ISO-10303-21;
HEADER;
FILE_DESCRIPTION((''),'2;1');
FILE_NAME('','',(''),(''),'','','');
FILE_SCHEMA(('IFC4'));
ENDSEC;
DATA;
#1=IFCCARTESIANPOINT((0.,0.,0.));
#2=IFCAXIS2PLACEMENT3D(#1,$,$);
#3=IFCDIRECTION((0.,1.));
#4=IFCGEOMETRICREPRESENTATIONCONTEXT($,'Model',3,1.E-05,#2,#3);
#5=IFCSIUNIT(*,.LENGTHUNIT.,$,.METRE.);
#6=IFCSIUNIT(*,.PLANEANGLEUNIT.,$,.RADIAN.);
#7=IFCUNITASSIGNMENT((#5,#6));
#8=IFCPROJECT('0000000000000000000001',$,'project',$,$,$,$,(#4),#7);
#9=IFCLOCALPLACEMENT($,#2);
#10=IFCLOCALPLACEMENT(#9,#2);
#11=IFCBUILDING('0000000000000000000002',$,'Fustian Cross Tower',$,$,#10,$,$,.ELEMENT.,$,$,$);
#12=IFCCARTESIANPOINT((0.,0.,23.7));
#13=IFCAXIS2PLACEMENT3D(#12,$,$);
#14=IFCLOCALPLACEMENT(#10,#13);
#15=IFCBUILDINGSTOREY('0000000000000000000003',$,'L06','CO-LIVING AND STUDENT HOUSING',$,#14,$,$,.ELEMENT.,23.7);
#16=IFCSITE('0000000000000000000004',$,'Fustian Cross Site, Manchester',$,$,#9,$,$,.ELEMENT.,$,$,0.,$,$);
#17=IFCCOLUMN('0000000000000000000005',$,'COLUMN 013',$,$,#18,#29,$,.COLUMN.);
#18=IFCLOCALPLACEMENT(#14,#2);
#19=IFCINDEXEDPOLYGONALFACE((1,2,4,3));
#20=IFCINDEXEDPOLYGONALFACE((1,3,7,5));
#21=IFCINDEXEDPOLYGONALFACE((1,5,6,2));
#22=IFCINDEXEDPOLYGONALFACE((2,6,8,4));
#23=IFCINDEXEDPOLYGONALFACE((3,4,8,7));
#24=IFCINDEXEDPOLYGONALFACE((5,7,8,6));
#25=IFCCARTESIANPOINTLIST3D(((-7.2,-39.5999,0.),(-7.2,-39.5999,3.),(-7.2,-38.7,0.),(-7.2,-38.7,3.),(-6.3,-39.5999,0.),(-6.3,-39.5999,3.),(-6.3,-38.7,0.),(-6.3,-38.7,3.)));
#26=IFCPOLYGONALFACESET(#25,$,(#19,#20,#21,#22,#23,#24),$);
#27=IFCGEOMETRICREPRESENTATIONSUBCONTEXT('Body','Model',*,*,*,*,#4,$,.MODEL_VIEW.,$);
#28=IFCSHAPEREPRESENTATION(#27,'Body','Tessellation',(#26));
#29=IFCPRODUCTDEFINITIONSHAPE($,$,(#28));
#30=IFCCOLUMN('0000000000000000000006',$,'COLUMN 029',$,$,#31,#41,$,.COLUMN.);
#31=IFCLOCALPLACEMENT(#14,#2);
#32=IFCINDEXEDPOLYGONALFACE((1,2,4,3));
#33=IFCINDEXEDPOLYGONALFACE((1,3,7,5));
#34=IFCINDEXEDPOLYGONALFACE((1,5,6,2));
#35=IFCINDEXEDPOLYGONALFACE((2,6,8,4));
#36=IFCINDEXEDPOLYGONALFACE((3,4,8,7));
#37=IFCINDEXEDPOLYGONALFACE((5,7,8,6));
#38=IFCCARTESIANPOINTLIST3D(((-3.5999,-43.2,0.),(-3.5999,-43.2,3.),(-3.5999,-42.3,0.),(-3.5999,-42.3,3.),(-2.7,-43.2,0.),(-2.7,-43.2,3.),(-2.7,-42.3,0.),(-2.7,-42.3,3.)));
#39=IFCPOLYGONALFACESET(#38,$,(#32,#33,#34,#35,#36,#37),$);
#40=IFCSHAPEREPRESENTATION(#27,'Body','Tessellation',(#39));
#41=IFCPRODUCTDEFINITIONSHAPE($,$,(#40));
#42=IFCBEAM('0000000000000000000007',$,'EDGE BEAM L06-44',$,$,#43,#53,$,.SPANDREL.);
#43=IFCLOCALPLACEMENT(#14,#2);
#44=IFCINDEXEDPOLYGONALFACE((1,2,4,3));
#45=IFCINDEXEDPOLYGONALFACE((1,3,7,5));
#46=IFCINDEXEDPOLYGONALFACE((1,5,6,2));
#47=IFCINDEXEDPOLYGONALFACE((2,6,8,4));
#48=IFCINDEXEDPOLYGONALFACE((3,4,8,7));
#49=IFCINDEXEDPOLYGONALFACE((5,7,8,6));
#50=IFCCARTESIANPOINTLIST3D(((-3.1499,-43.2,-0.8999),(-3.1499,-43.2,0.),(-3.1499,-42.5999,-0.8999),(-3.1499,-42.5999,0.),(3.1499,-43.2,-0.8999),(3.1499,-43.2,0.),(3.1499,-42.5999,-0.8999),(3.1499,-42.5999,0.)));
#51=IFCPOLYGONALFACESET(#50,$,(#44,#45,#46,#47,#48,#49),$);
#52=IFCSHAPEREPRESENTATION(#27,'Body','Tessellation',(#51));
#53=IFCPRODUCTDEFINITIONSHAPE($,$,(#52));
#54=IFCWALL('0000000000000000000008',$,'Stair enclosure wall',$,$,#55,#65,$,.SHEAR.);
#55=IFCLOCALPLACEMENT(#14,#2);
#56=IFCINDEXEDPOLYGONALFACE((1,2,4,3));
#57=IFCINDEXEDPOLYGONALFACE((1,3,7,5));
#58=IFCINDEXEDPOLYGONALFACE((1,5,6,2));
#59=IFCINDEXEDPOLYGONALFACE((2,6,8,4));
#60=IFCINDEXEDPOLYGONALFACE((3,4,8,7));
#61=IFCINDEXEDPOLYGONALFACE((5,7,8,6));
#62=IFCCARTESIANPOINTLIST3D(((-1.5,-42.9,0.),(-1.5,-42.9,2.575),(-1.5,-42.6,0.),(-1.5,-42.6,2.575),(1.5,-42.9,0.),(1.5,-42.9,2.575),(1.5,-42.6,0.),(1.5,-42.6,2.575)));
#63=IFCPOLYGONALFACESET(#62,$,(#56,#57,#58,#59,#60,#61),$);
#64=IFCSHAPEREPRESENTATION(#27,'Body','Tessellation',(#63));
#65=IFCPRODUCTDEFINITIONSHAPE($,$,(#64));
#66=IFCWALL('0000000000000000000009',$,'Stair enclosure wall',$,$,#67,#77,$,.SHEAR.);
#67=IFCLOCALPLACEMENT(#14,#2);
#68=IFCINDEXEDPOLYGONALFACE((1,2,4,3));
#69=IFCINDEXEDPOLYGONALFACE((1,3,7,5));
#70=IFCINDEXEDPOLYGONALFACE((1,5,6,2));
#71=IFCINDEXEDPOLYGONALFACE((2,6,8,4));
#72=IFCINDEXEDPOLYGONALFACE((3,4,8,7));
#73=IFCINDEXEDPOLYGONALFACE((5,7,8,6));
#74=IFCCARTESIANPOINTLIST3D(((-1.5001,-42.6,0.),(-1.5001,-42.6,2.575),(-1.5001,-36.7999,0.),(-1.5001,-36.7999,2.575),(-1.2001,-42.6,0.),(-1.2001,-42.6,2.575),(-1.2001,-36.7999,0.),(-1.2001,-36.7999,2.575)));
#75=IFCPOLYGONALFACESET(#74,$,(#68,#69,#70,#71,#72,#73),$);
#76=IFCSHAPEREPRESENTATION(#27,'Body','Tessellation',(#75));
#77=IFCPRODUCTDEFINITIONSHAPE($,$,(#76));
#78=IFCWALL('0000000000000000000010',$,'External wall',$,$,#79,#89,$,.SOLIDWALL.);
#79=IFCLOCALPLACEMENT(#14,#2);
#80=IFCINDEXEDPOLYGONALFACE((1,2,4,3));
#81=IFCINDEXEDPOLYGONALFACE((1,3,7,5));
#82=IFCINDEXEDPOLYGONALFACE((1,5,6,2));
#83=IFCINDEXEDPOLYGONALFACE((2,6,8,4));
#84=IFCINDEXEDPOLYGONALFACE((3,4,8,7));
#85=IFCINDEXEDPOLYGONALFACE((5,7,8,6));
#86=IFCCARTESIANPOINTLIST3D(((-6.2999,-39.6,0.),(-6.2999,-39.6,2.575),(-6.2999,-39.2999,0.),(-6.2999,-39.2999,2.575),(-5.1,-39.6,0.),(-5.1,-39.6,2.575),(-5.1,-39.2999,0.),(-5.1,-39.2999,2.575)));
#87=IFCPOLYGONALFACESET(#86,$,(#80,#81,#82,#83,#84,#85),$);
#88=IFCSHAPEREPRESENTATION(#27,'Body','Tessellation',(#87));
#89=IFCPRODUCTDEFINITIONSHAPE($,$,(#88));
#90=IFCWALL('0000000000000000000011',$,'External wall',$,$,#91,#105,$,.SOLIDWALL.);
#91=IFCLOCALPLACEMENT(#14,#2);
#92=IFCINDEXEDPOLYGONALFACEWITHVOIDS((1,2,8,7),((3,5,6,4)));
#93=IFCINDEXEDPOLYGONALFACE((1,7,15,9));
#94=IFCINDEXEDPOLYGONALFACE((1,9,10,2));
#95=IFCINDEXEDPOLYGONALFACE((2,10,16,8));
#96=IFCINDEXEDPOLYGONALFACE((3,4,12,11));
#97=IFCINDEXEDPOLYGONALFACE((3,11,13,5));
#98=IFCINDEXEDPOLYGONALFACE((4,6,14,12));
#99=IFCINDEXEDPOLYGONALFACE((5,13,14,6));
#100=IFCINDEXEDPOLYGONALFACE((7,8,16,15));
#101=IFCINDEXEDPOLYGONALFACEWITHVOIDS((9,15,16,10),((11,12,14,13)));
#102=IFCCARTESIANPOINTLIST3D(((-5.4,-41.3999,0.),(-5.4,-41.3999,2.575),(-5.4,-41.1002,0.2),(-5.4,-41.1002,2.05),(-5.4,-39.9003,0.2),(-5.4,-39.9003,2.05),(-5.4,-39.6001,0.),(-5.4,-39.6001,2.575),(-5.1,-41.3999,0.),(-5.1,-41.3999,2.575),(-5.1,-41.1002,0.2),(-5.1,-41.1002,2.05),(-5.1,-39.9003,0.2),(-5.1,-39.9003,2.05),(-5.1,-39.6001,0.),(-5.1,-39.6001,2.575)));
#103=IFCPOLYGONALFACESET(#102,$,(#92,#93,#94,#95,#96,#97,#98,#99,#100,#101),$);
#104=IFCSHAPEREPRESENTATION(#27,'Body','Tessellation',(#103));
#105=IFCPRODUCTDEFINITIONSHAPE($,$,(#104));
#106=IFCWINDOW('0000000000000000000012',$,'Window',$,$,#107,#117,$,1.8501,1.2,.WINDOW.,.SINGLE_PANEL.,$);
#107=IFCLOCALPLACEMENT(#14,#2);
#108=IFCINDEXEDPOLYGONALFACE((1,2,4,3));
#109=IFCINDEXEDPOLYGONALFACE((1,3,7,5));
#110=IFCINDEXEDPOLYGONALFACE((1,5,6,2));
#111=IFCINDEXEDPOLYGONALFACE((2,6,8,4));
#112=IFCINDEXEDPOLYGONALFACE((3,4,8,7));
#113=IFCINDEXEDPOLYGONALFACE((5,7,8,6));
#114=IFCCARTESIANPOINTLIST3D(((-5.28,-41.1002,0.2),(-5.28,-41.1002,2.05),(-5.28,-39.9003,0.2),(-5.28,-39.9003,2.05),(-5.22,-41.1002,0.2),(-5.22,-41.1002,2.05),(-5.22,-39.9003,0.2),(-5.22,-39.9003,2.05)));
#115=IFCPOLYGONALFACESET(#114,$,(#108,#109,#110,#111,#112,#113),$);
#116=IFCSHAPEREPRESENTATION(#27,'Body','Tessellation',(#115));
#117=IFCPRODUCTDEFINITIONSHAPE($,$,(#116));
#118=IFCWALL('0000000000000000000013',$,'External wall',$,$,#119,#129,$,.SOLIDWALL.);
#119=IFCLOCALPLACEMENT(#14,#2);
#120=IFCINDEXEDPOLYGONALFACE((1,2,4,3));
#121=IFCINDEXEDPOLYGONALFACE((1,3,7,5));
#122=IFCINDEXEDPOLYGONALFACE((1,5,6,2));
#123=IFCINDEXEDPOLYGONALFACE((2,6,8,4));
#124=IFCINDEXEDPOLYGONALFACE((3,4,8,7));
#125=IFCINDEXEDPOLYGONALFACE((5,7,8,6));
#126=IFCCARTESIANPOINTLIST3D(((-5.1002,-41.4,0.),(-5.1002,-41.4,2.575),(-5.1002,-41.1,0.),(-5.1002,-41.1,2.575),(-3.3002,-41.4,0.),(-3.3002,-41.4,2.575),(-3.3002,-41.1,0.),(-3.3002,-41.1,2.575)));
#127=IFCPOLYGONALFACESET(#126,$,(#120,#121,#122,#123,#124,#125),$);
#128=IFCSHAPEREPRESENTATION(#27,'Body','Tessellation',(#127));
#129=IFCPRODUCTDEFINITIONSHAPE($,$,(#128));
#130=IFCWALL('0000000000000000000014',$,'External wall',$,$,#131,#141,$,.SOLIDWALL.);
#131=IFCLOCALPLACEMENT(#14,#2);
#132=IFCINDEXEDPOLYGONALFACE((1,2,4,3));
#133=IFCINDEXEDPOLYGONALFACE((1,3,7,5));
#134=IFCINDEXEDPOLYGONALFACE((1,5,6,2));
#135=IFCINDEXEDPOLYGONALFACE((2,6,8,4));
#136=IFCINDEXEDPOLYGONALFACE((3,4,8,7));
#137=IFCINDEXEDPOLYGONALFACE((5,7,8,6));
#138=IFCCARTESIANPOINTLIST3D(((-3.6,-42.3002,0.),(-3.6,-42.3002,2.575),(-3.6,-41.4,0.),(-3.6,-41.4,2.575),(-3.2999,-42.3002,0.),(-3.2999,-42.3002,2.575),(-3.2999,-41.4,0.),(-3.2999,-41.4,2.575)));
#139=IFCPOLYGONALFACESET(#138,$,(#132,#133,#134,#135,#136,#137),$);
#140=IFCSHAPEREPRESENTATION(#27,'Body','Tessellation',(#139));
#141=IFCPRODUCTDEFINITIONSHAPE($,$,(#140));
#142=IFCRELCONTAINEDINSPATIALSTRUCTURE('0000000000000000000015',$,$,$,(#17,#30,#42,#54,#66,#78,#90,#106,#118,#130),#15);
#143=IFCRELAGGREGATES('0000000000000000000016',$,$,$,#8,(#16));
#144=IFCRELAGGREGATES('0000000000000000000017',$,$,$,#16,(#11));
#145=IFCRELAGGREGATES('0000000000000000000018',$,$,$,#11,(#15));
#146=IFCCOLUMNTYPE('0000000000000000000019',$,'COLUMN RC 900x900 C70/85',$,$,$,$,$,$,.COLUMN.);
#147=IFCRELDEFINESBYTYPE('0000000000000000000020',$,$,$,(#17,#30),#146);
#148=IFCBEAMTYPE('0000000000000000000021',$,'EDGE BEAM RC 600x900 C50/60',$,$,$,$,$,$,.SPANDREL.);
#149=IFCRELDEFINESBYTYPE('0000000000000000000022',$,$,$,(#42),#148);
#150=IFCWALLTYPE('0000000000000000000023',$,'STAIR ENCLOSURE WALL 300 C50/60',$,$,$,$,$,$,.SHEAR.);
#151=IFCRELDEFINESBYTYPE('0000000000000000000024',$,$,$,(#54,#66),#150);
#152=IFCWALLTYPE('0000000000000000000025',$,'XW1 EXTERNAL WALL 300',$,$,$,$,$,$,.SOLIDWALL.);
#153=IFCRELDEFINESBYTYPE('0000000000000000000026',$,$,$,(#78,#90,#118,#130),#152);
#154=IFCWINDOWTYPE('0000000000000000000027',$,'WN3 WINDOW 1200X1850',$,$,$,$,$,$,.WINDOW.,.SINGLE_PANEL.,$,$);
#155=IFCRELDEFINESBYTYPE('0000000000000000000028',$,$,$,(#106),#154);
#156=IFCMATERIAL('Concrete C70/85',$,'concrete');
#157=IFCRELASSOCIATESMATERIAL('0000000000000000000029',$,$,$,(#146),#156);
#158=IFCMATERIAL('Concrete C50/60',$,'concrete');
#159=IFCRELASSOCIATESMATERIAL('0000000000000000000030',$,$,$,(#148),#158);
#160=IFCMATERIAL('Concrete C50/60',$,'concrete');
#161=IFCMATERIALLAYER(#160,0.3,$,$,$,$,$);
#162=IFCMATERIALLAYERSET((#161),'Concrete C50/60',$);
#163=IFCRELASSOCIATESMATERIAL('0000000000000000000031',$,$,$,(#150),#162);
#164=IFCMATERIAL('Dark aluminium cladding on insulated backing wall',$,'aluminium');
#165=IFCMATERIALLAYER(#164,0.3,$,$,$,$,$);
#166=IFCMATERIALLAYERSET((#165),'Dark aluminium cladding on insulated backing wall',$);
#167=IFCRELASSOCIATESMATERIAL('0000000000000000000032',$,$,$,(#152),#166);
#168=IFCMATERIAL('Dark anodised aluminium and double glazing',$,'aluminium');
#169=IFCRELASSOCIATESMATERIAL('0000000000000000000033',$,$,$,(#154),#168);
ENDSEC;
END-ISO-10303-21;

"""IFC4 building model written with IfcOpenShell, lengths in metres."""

from ifc_helpers import new_model, si_unit, direction, frame, frame_2d, origin, origin_2d, place, context, subcontext, project, spatial, rectangle, extrude, material, layer, layer_set, material_profile, profile_set, type_object, element, fill, save


model = new_model("IFC4")

# Units and contexts
model_context = context("Model", 3, precision=1e-05, world=origin(), true_north=direction((0.0, 1.0)))
body_context = subcontext(model_context, "Body", "Model", "MODEL_VIEW")
ifc_project = project(units=[si_unit("LENGTHUNIT", "METRE"), si_unit("PLANEANGLEUNIT", "RADIAN")], contexts=[model_context])

# Site, building, storey
site_placement = place(None, origin())
site = spatial("IfcSite", under=ifc_project, at=site_placement, Name="Fustian Cross Site, Manchester", CompositionType="ELEMENT", RefElevation=0.0)
building_placement = place(site_placement, origin())
building = spatial("IfcBuilding", under=site, at=building_placement, Name="Fustian Cross Tower", CompositionType="ELEMENT")
storey_placement = place(building_placement, frame((0.0, 0.0, 23.7)))
storey = spatial("IfcBuildingStorey", under=building, at=storey_placement, Name="L06", Description="CO-LIVING AND STUDENT HOUSING", CompositionType="ELEMENT", Elevation=23.7)

# Columns
ifc_material_1 = material(Name="Concrete C70/85", Category="concrete")
ifc_material_profile_1 = material_profile(ifc_material_1, rectangle(XDim=0.8999, YDim=0.8999, at=origin_2d()), Name="RC 900x900")
ifc_profile_set_1 = profile_set([ifc_material_profile_1], Name="Concrete C70/85")
column_type = type_object("IfcColumnType", Name="COLUMN RC 900x900 C70/85", PredefinedType="COLUMN", material=ifc_profile_set_1)
for number, where, z_axis, x_axis, name in (
    (1, (-6.75, -39.1499, 0.0), (0.0, 0.0, 1.0), (1.0, 0.0, 0.0), "COLUMN 013"),
    (2, (-3.1499, -42.75, 0.0), (0.0, 0.0, 1.0), (1.0, 0.0, 0.0), "COLUMN 029"),
):
    element("IfcColumn", number, at=place(storey_placement, frame(where, z_axis=z_axis, x_axis=x_axis)), inside=storey, type_object=column_type, Name=name, PredefinedType="COLUMN", context=body_context, shape_type="SweptSolid", body=[
        extrude(rectangle(XDim=0.8999, YDim=0.8999, at=origin_2d()), origin(), (0.0, 0.0, 1.0), 3.0),
    ])

# Beam
ifc_material_2 = material(Name="Concrete C50/60", Category="concrete")
ifc_material_profile_2 = material_profile(ifc_material_2, rectangle(XDim=0.6001, YDim=0.8999, at=origin_2d()), Name="RC 600x900")
ifc_profile_set_2 = profile_set([ifc_material_profile_2], Name="Concrete C50/60")
beam_type = type_object("IfcBeamType", Name="EDGE BEAM RC 600x900 C50/60", PredefinedType="SPANDREL", material=ifc_profile_set_2)
beam_placement = place(storey_placement, frame((-3.1499, -42.8999, -0.45), z_axis=(1.0, 0.0, 0.0), x_axis=(0.0, 1.0, 0.0)))
element("IfcBeam", 3, at=beam_placement, inside=storey, type_object=beam_type, Name="EDGE BEAM L06-44", PredefinedType="SPANDREL", context=body_context, shape_type="SweptSolid", body=[
    extrude(rectangle(XDim=0.6001, YDim=0.8999, at=origin_2d()), origin(), (0.0, 0.0, 1.0), 6.2998),
])

# Walls
ifc_material_3 = material(Name="Concrete C50/60", Category="concrete")
ifc_layer_1 = layer(ifc_material_3, 0.3)
ifc_layer_set_1 = layer_set([ifc_layer_1], Name="Concrete C50/60")
wall_type_1 = type_object("IfcWallType", Name="STAIR ENCLOSURE WALL 300 C50/60", PredefinedType="SHEAR", material=ifc_layer_set_1)
wall_1_placement = place(storey_placement, frame((-1.5, -42.75, 0.0), z_axis=(0.0, 0.0, 1.0), x_axis=(1.0, 0.0, 0.0)))
element("IfcWall", 4, at=wall_1_placement, inside=storey, type_object=wall_type_1, Name="Stair enclosure wall", PredefinedType="SHEAR", context=body_context, shape_type="SweptSolid", body=[
    extrude(rectangle(XDim=3.0, YDim=0.3, at=frame_2d((1.5, 0.0))), origin(), (0.0, 0.0, 1.0), 2.575),
])
wall_2_placement = place(storey_placement, frame((-1.3501, -36.8, 0.0), z_axis=(0.0, 0.0, 1.0), x_axis=(0.0, -1.0, 0.0)))
element("IfcWall", 5, at=wall_2_placement, inside=storey, type_object=wall_type_1, Name="Stair enclosure wall", PredefinedType="SHEAR", context=body_context, shape_type="SweptSolid", body=[
    extrude(rectangle(XDim=5.8, YDim=0.3, at=frame_2d((2.8999, 0.0))), origin(), (0.0, 0.0, 1.0), 2.575),
])
ifc_material_4 = material(Name="Dark aluminium cladding on insulated backing wall", Category="aluminium")
ifc_layer_2 = layer(ifc_material_4, 0.3)
ifc_layer_set_2 = layer_set([ifc_layer_2], Name="Dark aluminium cladding on insulated backing wall")
wall_type_2 = type_object("IfcWallType", Name="XW1 EXTERNAL WALL 300", PredefinedType="SOLIDWALL", material=ifc_layer_set_2)
wall_3_placement = place(storey_placement, frame((-6.3, -39.45, 0.0), z_axis=(0.0, 0.0, 1.0), x_axis=(1.0, 0.0, 0.0)))
element("IfcWall", 6, at=wall_3_placement, inside=storey, type_object=wall_type_2, Name="External wall", PredefinedType="SOLIDWALL", context=body_context, shape_type="SweptSolid", body=[
    extrude(rectangle(XDim=1.2, YDim=0.3, at=frame_2d((0.6001, 0.0))), origin(), (0.0, 0.0, 1.0), 2.575),
])

# Wall, opening, window
wall_4_placement = place(storey_placement, frame((-5.25, -39.6001, 0.0), z_axis=(0.0, 0.0, 1.0), x_axis=(0.0, -1.0, 0.0)))
wall_4 = element("IfcWall", 7, at=wall_4_placement, inside=storey, type_object=wall_type_2, Name="External wall", PredefinedType="SOLIDWALL", context=body_context, shape_type="SweptSolid", body=[
    extrude(rectangle(XDim=1.7998, YDim=0.3, at=frame_2d((0.8999, 0.0))), origin(), (0.0, 0.0, 1.0), 2.575),
])
opening_1_placement = place(wall_4_placement, frame((0.3, 0.0, 0.2)))
opening_1 = element("IfcOpeningElement", 8, at=opening_1_placement, cuts=wall_4, PredefinedType="OPENING", context=body_context, shape_type="SweptSolid", body=[
    extrude(rectangle(XDim=1.2, YDim=1.8501, at=frame_2d((0.6001, 0.925))), frame((0.0, 0.1599, 0.0), z_axis=(0.0, -1.0, 0.0), x_axis=(1.0, 0.0, 0.0)), (0.0, 0.0, 1.0), 0.3201),
])
ifc_material_5 = material(Name="Dark anodised aluminium and double glazing", Category="aluminium")
window_type_1 = type_object("IfcWindowType", Name="WN3 WINDOW 1200X1850", PartitioningType="SINGLE_PANEL", PredefinedType="WINDOW", material=ifc_material_5)
window_1_placement = place(opening_1_placement, origin())
window_1 = element("IfcWindow", 9, at=window_1_placement, inside=storey, type_object=window_type_1, Name="Window", OverallHeight=1.8501, OverallWidth=1.2, PartitioningType="SINGLE_PANEL", PredefinedType="WINDOW", context=body_context, shape_type="SweptSolid", body=[
    extrude(rectangle(XDim=1.2, YDim=1.8501, at=frame_2d((0.6001, 0.925))), frame((0.0, 0.03, 0.0), z_axis=(0.0, -1.0, 0.0), x_axis=(1.0, 0.0, 0.0)), (0.0, 0.0, 1.0), 0.0601),
])
fill(opening_1, window_1)

# Walls
wall_5_placement = place(storey_placement, frame((-5.1001, -41.25, 0.0), z_axis=(0.0, 0.0, 1.0), x_axis=(1.0, 0.0, 0.0)))
element("IfcWall", 10, at=wall_5_placement, inside=storey, type_object=wall_type_2, Name="External wall", PredefinedType="SOLIDWALL", context=body_context, shape_type="SweptSolid", body=[
    extrude(rectangle(XDim=1.8, YDim=0.3, at=frame_2d((0.8999, 0.0))), origin(), (0.0, 0.0, 1.0), 2.575),
])
wall_6_placement = place(storey_placement, frame((-3.45, -41.3999, 0.0), z_axis=(0.0, 0.0, 1.0), x_axis=(0.0, -1.0, 0.0)))
element("IfcWall", 11, at=wall_6_placement, inside=storey, type_object=wall_type_2, Name="External wall", PredefinedType="SOLIDWALL", context=body_context, shape_type="SweptSolid", body=[
    extrude(rectangle(XDim=0.9001, YDim=0.3, at=frame_2d((0.4502, 0.0))), origin(), (0.0, 0.0, 1.0), 2.575),
])

save(model, "model.ifc")
